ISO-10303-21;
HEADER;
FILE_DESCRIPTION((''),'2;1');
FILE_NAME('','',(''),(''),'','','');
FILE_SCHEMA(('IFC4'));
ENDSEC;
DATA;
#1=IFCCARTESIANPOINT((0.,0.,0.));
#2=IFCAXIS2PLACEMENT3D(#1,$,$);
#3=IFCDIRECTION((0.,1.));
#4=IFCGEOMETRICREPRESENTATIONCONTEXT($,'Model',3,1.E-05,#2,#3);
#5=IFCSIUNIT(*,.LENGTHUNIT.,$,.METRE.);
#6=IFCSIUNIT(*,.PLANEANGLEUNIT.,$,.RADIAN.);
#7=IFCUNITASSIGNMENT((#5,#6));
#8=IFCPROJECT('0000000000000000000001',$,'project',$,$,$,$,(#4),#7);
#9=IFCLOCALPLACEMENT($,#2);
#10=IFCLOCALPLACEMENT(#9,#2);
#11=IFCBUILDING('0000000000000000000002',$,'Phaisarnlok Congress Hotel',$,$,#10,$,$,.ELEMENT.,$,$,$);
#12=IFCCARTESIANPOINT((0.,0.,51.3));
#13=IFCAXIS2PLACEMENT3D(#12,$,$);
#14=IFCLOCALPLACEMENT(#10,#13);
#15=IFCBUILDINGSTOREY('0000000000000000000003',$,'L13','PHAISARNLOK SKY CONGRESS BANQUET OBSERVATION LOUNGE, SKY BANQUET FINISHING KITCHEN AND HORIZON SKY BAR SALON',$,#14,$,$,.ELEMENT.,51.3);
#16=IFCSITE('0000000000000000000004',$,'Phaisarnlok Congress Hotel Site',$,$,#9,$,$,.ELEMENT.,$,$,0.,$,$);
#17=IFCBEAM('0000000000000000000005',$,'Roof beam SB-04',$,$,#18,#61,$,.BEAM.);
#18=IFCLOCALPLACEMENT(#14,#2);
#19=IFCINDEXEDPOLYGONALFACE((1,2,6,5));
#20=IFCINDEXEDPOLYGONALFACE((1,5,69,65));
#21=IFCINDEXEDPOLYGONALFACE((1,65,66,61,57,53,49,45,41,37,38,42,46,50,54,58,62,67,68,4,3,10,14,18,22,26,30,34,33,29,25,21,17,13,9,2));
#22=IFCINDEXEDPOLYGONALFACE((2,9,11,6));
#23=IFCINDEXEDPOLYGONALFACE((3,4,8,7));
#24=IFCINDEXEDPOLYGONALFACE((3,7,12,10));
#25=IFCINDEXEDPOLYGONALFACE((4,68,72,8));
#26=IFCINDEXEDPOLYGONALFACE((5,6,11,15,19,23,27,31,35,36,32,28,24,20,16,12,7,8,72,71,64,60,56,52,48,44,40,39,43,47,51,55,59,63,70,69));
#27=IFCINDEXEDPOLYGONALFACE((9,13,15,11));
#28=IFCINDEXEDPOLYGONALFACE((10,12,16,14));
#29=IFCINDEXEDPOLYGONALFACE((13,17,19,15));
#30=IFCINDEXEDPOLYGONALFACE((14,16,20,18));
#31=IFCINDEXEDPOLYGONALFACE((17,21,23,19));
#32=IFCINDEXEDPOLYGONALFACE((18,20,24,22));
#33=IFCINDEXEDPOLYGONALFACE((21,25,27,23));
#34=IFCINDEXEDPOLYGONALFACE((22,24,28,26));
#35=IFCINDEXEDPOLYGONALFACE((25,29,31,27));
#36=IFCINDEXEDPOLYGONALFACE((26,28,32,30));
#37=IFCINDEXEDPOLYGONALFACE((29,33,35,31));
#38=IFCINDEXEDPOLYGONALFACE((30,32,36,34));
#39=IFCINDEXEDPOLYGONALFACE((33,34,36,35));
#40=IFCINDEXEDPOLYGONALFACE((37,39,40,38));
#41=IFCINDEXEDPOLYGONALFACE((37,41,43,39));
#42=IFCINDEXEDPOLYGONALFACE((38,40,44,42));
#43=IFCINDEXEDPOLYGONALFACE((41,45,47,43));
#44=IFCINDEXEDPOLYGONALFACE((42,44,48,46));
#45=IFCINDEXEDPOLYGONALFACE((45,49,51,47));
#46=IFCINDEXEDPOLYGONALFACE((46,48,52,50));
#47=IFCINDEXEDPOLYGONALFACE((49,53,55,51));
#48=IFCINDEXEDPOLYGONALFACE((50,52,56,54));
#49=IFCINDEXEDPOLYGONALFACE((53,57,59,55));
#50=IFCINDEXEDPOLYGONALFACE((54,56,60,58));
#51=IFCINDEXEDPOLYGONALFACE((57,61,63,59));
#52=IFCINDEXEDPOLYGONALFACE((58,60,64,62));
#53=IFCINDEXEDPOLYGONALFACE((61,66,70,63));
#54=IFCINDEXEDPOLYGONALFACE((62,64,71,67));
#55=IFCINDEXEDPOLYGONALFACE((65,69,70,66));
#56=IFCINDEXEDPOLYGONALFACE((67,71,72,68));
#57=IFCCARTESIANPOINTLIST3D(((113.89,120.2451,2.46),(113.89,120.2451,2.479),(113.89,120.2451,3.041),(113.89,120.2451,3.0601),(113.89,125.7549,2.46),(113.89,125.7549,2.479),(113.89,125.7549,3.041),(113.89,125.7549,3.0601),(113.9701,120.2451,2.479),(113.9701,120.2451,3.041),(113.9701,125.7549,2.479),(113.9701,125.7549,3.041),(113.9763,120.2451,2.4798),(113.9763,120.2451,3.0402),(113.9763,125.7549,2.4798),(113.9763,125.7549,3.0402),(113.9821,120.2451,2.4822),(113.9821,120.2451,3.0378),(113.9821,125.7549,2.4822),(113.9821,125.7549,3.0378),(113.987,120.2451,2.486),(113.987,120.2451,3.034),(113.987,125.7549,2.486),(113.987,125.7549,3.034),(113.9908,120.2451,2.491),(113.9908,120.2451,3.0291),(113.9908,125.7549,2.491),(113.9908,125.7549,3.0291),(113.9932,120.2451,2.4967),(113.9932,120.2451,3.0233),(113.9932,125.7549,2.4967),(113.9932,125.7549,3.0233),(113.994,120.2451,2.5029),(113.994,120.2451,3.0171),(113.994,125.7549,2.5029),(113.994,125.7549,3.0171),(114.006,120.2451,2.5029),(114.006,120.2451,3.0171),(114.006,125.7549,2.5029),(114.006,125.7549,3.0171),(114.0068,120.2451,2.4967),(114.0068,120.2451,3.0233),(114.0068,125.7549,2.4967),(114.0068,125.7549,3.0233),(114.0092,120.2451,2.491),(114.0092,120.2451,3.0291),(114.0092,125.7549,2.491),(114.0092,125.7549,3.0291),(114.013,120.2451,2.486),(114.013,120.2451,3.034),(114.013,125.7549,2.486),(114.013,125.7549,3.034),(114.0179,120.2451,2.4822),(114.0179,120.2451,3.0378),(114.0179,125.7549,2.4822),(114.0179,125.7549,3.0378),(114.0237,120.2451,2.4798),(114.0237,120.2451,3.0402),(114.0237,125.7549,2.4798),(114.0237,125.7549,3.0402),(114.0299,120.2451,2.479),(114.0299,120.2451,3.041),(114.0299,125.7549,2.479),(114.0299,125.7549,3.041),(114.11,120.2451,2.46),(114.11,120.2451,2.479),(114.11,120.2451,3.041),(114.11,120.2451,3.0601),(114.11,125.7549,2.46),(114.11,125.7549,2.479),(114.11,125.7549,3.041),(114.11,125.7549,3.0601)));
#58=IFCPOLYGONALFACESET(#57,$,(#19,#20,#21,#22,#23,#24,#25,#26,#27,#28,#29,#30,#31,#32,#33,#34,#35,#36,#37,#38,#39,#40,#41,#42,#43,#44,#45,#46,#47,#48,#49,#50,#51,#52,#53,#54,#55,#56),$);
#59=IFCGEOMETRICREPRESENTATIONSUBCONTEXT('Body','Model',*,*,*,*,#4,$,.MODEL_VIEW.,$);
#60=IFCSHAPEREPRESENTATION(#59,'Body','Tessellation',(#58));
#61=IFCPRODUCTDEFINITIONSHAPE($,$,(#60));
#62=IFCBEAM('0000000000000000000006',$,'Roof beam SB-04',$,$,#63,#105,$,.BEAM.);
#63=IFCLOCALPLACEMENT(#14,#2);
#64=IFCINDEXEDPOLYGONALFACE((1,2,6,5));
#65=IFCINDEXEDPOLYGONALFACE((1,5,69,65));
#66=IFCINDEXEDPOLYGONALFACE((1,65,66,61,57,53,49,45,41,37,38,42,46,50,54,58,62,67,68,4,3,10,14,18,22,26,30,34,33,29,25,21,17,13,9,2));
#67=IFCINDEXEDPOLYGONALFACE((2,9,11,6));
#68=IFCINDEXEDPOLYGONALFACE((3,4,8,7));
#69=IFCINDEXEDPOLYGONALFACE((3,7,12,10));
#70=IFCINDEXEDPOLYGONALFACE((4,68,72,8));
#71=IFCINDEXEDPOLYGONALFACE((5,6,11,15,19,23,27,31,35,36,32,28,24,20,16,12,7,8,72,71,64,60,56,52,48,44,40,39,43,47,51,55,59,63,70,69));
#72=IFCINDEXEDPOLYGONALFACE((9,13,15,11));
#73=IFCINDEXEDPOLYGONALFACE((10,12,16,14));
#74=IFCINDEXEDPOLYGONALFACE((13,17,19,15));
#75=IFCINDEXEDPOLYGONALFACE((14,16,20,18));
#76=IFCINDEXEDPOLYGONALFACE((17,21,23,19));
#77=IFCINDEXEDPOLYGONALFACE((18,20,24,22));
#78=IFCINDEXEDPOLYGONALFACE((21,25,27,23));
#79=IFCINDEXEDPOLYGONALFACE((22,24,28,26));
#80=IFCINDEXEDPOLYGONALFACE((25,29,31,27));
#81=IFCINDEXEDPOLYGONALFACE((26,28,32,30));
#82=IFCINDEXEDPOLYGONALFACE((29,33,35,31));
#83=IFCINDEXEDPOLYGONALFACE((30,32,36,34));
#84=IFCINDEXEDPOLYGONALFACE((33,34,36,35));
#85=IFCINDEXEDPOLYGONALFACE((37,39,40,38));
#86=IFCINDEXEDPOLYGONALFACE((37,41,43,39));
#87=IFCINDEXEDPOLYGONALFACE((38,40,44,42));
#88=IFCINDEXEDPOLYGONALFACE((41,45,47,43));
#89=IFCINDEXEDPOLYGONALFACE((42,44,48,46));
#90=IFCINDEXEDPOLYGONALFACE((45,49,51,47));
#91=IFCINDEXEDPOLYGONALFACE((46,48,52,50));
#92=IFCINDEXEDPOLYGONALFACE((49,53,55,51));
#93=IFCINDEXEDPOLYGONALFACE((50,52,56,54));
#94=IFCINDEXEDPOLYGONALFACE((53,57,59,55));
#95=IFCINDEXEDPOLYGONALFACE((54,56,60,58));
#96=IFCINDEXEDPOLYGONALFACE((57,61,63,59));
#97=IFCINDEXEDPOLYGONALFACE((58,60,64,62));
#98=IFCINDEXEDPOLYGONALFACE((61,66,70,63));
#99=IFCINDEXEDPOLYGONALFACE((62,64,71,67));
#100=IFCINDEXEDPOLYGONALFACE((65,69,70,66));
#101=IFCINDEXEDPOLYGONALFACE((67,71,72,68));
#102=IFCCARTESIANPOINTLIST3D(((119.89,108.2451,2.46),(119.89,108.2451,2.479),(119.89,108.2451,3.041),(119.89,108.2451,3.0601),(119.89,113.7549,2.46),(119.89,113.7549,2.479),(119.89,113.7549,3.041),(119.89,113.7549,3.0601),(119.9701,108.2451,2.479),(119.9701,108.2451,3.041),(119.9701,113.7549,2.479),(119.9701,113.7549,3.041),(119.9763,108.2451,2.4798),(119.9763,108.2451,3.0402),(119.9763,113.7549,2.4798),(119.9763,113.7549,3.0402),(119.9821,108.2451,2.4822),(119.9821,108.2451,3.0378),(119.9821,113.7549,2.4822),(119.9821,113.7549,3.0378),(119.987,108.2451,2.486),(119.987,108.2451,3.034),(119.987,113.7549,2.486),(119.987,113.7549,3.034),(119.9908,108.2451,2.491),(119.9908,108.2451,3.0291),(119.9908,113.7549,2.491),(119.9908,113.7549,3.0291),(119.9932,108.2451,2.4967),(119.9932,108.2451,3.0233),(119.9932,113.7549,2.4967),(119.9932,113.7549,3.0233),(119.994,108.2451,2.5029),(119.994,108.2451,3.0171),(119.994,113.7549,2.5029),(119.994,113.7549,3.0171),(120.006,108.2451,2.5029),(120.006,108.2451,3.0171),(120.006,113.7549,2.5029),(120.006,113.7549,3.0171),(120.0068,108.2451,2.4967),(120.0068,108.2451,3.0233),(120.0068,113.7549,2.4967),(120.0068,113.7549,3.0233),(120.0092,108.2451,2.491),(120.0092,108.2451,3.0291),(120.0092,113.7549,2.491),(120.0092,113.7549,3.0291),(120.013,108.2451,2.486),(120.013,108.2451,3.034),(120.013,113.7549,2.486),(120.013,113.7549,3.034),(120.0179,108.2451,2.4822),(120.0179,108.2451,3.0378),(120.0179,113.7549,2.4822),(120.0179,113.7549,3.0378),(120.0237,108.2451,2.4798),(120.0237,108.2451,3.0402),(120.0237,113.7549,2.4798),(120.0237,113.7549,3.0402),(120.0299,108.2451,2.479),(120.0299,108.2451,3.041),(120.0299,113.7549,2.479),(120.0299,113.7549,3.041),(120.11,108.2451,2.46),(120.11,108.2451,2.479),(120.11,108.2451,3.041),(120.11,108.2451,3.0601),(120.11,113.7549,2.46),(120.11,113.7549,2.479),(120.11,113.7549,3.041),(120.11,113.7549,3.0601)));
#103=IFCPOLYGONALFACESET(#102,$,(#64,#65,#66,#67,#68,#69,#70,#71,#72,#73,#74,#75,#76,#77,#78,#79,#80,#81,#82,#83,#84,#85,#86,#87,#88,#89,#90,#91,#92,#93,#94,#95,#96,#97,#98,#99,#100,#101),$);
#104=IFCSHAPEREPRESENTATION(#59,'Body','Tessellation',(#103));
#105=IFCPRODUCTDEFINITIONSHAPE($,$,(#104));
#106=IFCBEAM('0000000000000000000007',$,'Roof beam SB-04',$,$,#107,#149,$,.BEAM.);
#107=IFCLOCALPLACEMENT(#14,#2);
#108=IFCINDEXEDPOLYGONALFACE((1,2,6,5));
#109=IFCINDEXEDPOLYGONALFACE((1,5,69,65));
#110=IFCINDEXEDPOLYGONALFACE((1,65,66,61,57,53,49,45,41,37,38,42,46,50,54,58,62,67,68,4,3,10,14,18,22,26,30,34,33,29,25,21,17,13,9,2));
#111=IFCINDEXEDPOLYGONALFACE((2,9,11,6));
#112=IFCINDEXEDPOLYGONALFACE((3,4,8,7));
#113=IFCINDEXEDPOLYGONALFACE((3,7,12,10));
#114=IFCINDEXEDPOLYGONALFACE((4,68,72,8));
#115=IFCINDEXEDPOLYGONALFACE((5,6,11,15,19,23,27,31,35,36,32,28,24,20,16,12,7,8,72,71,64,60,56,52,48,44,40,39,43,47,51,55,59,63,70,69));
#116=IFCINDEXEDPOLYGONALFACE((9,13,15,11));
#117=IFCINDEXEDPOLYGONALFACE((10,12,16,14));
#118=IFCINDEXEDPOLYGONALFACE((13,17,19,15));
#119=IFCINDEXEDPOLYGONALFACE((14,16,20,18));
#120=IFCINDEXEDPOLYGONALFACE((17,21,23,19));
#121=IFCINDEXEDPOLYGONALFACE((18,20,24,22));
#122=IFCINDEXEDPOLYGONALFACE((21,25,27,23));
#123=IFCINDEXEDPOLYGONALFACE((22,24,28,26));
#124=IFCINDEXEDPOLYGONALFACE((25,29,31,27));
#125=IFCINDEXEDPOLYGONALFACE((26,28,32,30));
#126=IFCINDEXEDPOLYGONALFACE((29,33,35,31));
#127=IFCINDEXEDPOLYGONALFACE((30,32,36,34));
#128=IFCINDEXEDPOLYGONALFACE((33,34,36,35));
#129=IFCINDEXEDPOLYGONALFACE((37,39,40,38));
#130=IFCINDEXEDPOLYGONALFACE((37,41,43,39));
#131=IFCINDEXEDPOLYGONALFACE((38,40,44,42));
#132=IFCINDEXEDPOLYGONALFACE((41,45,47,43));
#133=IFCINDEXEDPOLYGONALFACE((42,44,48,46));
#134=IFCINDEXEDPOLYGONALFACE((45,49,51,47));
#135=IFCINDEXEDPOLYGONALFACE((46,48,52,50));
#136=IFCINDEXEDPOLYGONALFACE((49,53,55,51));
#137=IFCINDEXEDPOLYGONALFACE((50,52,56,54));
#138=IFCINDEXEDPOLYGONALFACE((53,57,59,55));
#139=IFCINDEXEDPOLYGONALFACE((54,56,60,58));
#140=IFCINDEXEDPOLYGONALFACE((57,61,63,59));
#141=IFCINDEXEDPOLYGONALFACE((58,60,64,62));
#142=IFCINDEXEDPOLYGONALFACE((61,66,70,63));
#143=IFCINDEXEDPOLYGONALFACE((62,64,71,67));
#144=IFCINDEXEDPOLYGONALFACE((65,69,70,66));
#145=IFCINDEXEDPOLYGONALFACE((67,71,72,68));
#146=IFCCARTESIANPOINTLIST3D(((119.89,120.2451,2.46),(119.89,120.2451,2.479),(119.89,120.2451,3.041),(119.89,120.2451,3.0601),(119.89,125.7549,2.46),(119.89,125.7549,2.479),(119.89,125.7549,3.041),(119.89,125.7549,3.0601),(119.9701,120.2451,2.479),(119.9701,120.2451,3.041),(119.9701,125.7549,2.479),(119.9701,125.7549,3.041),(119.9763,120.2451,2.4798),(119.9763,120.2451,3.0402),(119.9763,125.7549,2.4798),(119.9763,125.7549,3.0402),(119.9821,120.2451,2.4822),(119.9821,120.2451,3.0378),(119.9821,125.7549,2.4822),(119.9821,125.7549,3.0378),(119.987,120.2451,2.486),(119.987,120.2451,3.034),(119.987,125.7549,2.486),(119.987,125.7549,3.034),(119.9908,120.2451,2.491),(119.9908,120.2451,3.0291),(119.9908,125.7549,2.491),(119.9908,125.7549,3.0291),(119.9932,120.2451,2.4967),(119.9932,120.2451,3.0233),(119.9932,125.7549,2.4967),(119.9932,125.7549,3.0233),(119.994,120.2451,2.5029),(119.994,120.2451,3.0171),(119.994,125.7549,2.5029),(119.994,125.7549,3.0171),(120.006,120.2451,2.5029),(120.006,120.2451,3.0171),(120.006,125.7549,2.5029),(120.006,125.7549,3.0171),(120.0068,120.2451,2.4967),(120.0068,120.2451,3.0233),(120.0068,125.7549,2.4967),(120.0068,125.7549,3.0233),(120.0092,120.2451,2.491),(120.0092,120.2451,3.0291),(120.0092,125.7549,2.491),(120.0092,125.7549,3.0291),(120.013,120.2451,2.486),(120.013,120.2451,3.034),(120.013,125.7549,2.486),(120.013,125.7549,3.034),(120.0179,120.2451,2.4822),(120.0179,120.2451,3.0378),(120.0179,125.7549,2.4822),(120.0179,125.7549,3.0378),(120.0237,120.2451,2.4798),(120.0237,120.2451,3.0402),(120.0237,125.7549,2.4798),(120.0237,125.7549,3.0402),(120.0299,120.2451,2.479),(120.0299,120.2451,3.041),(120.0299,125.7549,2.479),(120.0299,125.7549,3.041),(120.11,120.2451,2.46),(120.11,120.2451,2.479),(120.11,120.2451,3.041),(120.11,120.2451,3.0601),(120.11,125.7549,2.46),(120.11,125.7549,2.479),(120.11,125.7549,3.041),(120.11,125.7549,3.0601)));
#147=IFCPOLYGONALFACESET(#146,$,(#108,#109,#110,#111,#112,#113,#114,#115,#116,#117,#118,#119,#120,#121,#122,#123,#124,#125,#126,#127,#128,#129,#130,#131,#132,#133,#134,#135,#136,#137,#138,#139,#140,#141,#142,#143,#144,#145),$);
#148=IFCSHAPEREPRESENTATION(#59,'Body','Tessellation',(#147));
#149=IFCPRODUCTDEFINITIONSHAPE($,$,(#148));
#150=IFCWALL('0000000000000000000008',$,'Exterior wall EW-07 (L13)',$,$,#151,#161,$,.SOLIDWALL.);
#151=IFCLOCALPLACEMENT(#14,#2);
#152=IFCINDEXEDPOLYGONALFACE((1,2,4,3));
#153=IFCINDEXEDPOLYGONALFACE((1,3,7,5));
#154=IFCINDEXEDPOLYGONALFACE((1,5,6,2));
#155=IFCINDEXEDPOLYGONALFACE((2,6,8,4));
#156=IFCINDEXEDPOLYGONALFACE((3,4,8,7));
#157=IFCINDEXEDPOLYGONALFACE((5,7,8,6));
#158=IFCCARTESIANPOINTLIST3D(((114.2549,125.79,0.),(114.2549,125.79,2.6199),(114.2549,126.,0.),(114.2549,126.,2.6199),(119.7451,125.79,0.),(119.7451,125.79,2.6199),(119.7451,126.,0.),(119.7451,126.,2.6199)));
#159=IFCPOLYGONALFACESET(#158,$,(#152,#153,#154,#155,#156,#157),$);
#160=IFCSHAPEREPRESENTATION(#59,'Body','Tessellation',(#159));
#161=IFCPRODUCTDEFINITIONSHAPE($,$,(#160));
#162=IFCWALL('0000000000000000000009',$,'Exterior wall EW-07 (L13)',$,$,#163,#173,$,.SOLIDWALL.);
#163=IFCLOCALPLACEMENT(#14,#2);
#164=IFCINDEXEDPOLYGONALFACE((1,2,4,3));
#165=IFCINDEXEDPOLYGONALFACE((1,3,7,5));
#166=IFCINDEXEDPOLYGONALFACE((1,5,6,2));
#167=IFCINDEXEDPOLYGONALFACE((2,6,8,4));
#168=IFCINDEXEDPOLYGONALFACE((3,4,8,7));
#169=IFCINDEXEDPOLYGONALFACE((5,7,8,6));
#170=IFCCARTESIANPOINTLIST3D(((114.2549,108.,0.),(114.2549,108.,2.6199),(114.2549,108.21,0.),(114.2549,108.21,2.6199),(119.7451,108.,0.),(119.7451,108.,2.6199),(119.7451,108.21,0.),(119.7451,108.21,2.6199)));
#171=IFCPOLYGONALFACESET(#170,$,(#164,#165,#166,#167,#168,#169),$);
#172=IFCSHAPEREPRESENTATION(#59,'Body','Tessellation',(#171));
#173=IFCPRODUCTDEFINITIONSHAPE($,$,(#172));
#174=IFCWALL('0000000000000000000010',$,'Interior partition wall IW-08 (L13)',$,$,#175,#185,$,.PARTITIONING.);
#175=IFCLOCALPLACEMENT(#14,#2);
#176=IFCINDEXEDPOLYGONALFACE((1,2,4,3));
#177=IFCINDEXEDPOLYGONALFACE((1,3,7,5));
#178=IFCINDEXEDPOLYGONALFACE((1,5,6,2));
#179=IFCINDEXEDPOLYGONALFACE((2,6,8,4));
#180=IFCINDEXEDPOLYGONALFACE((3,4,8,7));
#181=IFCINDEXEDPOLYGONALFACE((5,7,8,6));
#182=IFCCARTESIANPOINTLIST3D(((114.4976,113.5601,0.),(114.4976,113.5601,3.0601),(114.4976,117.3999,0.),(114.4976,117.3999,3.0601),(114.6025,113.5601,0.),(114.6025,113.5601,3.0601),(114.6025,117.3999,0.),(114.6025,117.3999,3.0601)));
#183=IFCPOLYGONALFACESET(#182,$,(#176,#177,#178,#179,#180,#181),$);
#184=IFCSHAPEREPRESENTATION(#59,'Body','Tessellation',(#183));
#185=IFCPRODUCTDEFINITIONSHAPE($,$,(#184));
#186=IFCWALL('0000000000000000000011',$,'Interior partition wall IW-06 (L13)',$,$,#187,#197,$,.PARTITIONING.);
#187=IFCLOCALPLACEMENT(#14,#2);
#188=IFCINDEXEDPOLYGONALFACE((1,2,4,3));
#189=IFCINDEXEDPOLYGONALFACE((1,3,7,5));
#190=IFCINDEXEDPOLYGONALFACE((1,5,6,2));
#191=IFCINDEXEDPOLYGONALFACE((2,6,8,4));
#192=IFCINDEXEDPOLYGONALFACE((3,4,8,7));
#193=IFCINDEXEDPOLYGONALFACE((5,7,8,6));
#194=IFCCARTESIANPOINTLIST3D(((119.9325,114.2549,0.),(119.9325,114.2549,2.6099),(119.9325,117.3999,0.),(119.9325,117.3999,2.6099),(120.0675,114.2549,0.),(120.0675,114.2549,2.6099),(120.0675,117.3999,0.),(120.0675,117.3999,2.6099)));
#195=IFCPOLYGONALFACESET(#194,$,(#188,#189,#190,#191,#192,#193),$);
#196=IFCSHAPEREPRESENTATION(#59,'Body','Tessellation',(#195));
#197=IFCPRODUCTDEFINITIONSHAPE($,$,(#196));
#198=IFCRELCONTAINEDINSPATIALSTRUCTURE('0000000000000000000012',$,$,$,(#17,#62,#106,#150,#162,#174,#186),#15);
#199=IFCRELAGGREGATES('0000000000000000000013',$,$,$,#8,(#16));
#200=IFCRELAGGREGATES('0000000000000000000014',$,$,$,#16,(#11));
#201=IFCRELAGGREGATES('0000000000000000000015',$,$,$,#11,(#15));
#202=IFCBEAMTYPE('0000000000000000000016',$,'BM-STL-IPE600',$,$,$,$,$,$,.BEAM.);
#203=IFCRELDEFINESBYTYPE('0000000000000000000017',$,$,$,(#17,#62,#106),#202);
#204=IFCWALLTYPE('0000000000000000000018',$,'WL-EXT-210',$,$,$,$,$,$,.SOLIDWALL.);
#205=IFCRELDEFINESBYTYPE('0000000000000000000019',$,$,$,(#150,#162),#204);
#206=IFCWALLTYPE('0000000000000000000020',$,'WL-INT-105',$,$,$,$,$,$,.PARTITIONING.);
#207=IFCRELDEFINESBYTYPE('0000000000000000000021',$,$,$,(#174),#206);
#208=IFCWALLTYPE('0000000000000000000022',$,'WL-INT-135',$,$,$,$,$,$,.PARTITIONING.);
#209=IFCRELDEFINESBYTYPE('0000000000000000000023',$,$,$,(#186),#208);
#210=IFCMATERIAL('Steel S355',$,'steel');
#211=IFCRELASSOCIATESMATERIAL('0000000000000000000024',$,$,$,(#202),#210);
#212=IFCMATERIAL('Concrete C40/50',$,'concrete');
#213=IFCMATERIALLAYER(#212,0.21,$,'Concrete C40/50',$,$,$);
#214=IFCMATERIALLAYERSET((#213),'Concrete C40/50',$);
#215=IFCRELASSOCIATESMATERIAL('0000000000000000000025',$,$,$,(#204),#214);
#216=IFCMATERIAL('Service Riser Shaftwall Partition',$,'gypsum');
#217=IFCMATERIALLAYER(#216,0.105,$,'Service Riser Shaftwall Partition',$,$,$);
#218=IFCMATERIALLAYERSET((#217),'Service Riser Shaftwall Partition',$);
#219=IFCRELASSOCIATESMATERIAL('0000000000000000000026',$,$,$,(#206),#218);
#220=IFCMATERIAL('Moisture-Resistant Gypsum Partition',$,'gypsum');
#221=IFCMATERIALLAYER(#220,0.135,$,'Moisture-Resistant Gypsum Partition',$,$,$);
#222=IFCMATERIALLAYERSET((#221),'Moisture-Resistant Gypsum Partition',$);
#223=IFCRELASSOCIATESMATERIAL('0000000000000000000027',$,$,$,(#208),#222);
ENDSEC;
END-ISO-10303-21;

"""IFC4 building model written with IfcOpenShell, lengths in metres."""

from ifc_helpers import new_model, si_unit, direction, frame, frame_2d, origin, origin_2d, place, context, subcontext, project, spatial, rectangle, i_section, extrude, material, layer, layer_set, material_profile, profile_set, type_object, element, save


model = new_model("IFC4")

# Units and contexts
model_context = context("Model", 3, precision=1e-05, world=origin(), true_north=direction((0.0, 1.0)))
body_context = subcontext(model_context, "Body", "Model", "MODEL_VIEW")
ifc_project = project(units=[si_unit("LENGTHUNIT", "METRE"), si_unit("PLANEANGLEUNIT", "RADIAN")], contexts=[model_context])

# Site, building, storey
site_placement = place(None, origin())
site = spatial("IfcSite", under=ifc_project, at=site_placement, Name="Phaisarnlok Congress Hotel Site", CompositionType="ELEMENT", RefElevation=0.0)
building_placement = place(site_placement, origin())
building = spatial("IfcBuilding", under=site, at=building_placement, Name="Phaisarnlok Congress Hotel", CompositionType="ELEMENT")
storey_placement = place(building_placement, frame((0.0, 0.0, 51.3)))
storey = spatial("IfcBuildingStorey", under=building, at=storey_placement, Name="L13", Description="PHAISARNLOK SKY CONGRESS BANQUET OBSERVATION LOUNGE, SKY BANQUET FINISHING KITCHEN AND HORIZON SKY BAR SALON", CompositionType="ELEMENT", Elevation=51.3)

# Beams
ifc_material_1 = material(Name="Steel S355", Category="steel")
ifc_material_profile_1 = material_profile(ifc_material_1, i_section(OverallWidth=0.22, OverallDepth=0.6001, WebThickness=0.012, FlangeThickness=0.019, FilletRadius=0.0239, at=origin_2d()), Name="IPE 600")
ifc_profile_set_1 = profile_set([ifc_material_profile_1], Name="Steel S355")
beam_type_1 = type_object("IfcBeamType", Name="BM-STL-IPE600", PredefinedType="BEAM", material=ifc_profile_set_1)
for number, where, z_axis, x_axis, name in (
    (1, (114.0, 120.2451, 2.76), (0.0, 1.0, 0.0), (-1.0, 0.0, 0.0), "Roof beam SB-04"),
    (2, (120.0, 108.2451, 2.76), (0.0, 1.0, 0.0), (-1.0, 0.0, 0.0), "Roof beam SB-04"),
    (3, (120.0, 120.2451, 2.76), (0.0, 1.0, 0.0), (-1.0, 0.0, 0.0), "Roof beam SB-04"),
):
    element("IfcBeam", number, at=place(storey_placement, frame(where, z_axis=z_axis, x_axis=x_axis)), inside=storey, type_object=beam_type_1, Name=name, PredefinedType="BEAM", context=body_context, shape_type="SweptSolid", body=[
        extrude(i_section(OverallWidth=0.22, OverallDepth=0.6001, WebThickness=0.012, FlangeThickness=0.019, FilletRadius=0.0239, at=origin_2d()), origin(), (0.0, 0.0, 1.0), 5.5098),
    ])

# Walls
ifc_material_2 = material(Name="Concrete C40/50", Category="concrete")
ifc_layer_1 = layer(ifc_material_2, 0.21, Name="Concrete C40/50")
ifc_layer_set_1 = layer_set([ifc_layer_1], Name="Concrete C40/50")
wall_type_1 = type_object("IfcWallType", Name="WL-EXT-210", PredefinedType="SOLIDWALL", material=ifc_layer_set_1)
for number, where, z_axis, x_axis, name in (
    (4, (119.7451, 125.895, 0.0), (0.0, 0.0, 1.0), (-1.0, 0.0, 0.0), "Exterior wall EW-07 (L13)"),
    (5, (114.2549, 108.105, 0.0), (0.0, 0.0, 1.0), (1.0, 0.0, 0.0), "Exterior wall EW-07 (L13)"),
):
    element("IfcWall", number, at=place(storey_placement, frame(where, z_axis=z_axis, x_axis=x_axis)), inside=storey, type_object=wall_type_1, Name=name, PredefinedType="SOLIDWALL", context=body_context, shape_type="SweptSolid", body=[
        extrude(rectangle(XDim=5.4902, YDim=0.21, at=frame_2d((2.7451, 0.0))), origin(), (0.0, 0.0, 1.0), 2.6199),
    ])
ifc_material_3 = material(Name="Service Riser Shaftwall Partition", Category="gypsum")
ifc_layer_2 = layer(ifc_material_3, 0.105, Name="Service Riser Shaftwall Partition")
ifc_layer_set_2 = layer_set([ifc_layer_2], Name="Service Riser Shaftwall Partition")
wall_type_2 = type_object("IfcWallType", Name="WL-INT-105", PredefinedType="PARTITIONING", material=ifc_layer_set_2)
wall_1_placement = place(storey_placement, frame((114.55, 113.5601, 0.0), z_axis=(0.0, 0.0, 1.0), x_axis=(0.0, 1.0, 0.0)))
element("IfcWall", 6, at=wall_1_placement, inside=storey, type_object=wall_type_2, Name="Interior partition wall IW-08 (L13)", PredefinedType="PARTITIONING", context=body_context, shape_type="SweptSolid", body=[
    extrude(rectangle(XDim=3.8398, YDim=0.105, at=frame_2d((1.9199, 0.0))), origin(), (0.0, 0.0, 1.0), 3.0601),
])
ifc_material_4 = material(Name="Moisture-Resistant Gypsum Partition", Category="gypsum")
ifc_layer_3 = layer(ifc_material_4, 0.135, Name="Moisture-Resistant Gypsum Partition")
ifc_layer_set_3 = layer_set([ifc_layer_3], Name="Moisture-Resistant Gypsum Partition")
wall_type_3 = type_object("IfcWallType", Name="WL-INT-135", PredefinedType="PARTITIONING", material=ifc_layer_set_3)
wall_2_placement = place(storey_placement, frame((120.0, 114.2549, 0.0), z_axis=(0.0, 0.0, 1.0), x_axis=(0.0, 1.0, 0.0)))
element("IfcWall", 7, at=wall_2_placement, inside=storey, type_object=wall_type_3, Name="Interior partition wall IW-06 (L13)", PredefinedType="PARTITIONING", context=body_context, shape_type="SweptSolid", body=[
    extrude(rectangle(XDim=3.145, YDim=0.135, at=frame_2d((1.5725, 0.0))), origin(), (0.0, 0.0, 1.0), 2.6099),
])

save(model, "model.ifc")
